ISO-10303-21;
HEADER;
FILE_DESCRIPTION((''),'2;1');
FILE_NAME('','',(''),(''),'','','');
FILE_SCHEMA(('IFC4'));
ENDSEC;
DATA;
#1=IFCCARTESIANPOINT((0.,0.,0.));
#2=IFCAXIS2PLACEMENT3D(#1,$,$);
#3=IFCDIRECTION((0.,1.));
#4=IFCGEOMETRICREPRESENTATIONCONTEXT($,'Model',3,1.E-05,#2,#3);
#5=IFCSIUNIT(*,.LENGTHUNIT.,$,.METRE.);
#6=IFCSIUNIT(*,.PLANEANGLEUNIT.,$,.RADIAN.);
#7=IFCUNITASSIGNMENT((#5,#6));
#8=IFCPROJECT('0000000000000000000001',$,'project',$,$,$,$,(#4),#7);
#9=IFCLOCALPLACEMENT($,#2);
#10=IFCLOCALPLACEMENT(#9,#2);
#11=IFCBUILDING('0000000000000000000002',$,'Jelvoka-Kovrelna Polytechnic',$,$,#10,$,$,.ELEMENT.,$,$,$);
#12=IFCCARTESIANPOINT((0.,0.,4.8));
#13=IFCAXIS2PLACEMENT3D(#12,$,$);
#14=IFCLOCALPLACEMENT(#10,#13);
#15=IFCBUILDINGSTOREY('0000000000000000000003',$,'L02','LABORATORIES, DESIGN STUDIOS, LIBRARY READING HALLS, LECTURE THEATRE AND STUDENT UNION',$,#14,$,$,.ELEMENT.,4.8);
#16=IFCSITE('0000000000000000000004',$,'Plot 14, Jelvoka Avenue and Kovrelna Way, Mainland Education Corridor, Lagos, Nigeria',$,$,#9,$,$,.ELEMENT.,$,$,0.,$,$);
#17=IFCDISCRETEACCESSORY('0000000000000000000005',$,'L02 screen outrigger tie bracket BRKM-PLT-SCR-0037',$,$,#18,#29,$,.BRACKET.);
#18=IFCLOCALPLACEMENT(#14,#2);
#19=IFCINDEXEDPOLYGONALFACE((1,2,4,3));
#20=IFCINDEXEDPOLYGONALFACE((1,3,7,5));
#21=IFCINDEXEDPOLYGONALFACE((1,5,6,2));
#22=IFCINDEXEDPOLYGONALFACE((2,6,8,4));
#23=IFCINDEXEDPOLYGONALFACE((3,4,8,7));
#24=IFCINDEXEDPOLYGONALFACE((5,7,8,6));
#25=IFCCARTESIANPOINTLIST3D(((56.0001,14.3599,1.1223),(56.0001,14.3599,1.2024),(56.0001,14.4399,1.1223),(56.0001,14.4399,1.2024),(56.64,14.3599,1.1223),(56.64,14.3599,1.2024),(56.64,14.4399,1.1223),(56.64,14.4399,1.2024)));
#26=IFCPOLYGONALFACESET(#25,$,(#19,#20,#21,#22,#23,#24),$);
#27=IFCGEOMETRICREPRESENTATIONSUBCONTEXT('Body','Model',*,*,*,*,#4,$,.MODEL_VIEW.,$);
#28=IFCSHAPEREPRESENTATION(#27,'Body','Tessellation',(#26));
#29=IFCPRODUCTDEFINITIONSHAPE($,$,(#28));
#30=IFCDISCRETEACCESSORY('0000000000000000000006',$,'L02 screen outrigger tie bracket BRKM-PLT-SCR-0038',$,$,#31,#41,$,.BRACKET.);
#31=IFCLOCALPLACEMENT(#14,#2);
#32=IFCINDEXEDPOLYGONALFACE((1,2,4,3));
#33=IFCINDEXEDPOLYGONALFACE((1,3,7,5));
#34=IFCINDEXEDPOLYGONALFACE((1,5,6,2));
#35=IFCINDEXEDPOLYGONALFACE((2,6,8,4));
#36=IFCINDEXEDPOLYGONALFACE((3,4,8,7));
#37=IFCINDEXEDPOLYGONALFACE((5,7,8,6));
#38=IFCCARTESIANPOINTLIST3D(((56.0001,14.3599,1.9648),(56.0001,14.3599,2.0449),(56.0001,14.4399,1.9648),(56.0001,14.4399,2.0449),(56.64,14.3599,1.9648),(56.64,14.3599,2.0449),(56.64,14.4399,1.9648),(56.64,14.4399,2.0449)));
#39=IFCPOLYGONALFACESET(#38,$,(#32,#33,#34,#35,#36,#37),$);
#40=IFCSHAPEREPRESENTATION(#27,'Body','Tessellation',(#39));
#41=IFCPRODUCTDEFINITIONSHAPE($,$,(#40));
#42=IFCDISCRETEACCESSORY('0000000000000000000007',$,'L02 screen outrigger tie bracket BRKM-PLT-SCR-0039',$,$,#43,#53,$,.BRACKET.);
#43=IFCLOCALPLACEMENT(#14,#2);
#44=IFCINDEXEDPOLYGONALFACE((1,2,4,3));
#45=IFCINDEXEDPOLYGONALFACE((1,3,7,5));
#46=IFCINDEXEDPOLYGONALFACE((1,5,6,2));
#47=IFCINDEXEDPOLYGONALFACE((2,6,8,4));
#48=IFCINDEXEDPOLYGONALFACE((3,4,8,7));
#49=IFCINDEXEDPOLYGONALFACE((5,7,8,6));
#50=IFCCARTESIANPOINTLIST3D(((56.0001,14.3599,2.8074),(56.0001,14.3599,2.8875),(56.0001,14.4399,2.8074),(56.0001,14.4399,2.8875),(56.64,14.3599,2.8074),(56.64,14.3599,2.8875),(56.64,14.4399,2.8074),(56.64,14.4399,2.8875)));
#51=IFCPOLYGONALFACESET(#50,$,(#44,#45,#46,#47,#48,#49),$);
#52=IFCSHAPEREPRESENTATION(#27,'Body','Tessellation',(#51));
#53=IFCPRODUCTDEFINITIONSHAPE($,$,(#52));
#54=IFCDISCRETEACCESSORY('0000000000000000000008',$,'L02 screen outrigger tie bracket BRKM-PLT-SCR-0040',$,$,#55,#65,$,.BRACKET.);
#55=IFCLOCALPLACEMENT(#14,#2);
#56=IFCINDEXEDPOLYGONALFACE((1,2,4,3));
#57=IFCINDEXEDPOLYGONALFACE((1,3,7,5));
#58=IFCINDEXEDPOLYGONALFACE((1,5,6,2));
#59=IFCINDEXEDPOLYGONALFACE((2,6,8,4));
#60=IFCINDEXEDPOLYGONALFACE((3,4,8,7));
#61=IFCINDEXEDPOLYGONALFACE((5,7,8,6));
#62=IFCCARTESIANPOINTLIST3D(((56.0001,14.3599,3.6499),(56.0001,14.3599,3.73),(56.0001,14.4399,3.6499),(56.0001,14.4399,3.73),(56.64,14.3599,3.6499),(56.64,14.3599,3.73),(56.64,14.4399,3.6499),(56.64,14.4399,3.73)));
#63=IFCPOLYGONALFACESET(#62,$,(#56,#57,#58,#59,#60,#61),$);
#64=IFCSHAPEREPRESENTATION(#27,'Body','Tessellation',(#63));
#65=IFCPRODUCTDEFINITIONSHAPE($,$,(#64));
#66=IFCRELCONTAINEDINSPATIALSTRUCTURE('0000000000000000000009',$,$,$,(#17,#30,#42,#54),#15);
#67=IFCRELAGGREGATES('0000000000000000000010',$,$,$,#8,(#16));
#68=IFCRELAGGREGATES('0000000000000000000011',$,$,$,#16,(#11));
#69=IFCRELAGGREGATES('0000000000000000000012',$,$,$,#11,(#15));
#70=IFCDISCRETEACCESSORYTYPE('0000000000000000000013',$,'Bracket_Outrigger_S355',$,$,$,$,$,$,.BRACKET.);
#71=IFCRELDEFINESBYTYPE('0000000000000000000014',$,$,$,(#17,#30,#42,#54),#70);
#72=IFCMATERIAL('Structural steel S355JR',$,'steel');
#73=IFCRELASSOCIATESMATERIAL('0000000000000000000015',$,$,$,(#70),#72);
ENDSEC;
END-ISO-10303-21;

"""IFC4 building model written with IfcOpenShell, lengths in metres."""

from ifc_helpers import new_model, si_unit, direction, frame, origin, origin_2d, place, context, subcontext, project, spatial, rectangle, extrude, material, type_object, element, save


model = new_model("IFC4")

# Units and contexts
model_context = context("Model", 3, precision=1e-05, world=origin(), true_north=direction((0.0, 1.0)))
body_context = subcontext(model_context, "Body", "Model", "MODEL_VIEW")
ifc_project = project(units=[si_unit("LENGTHUNIT", "METRE"), si_unit("PLANEANGLEUNIT", "RADIAN")], contexts=[model_context])

# Site, building, storey
site_placement = place(None, origin())
site = spatial("IfcSite", under=ifc_project, at=site_placement, Name="Plot 14, Jelvoka Avenue and Kovrelna Way, Mainland Education Corridor, Lagos, Nigeria", CompositionType="ELEMENT", RefElevation=0.0)
building_placement = place(site_placement, origin())
building = spatial("IfcBuilding", under=site, at=building_placement, Name="Jelvoka-Kovrelna Polytechnic", CompositionType="ELEMENT")
storey_placement = place(building_placement, frame((0.0, 0.0, 4.8)))
storey = spatial("IfcBuildingStorey", under=building, at=storey_placement, Name="L02", Description="LABORATORIES, DESIGN STUDIOS, LIBRARY READING HALLS, LECTURE THEATRE AND STUDENT UNION", CompositionType="ELEMENT", Elevation=4.8)

# Discrete accessories
ifc_material_1 = material(Name="Structural steel S355JR", Category="steel")
discrete_accessory_type = type_object("IfcDiscreteAccessoryType", Name="Bracket_Outrigger_S355", PredefinedType="BRACKET", material=ifc_material_1)
for number, where, z_axis, x_axis, name in (
    (1, (56.3201, 14.3999, 1.1223), (0.0, 0.0, 1.0), (1.0, 0.0, 0.0), "L02 screen outrigger tie bracket BRKM-PLT-SCR-0037"),
    (2, (56.3201, 14.3999, 1.9648), (0.0, 0.0, 1.0), (1.0, 0.0, 0.0), "L02 screen outrigger tie bracket BRKM-PLT-SCR-0038"),
    (3, (56.3201, 14.3999, 2.8074), (0.0, 0.0, 1.0), (1.0, 0.0, 0.0), "L02 screen outrigger tie bracket BRKM-PLT-SCR-0039"),
    (4, (56.3201, 14.3999, 3.6499), (0.0, 0.0, 1.0), (1.0, 0.0, 0.0), "L02 screen outrigger tie bracket BRKM-PLT-SCR-0040"),
):
    element("IfcDiscreteAccessory", number, at=place(storey_placement, frame(where, z_axis=z_axis, x_axis=x_axis)), inside=storey, type_object=discrete_accessory_type, Name=name, PredefinedType="BRACKET", context=body_context, shape_type="SweptSolid", body=[
        extrude(rectangle(XDim=0.6399, YDim=0.0801, at=origin_2d()), origin(), (0.0, 0.0, 1.0), 0.0801),
    ])

save(model, "model.ifc")
